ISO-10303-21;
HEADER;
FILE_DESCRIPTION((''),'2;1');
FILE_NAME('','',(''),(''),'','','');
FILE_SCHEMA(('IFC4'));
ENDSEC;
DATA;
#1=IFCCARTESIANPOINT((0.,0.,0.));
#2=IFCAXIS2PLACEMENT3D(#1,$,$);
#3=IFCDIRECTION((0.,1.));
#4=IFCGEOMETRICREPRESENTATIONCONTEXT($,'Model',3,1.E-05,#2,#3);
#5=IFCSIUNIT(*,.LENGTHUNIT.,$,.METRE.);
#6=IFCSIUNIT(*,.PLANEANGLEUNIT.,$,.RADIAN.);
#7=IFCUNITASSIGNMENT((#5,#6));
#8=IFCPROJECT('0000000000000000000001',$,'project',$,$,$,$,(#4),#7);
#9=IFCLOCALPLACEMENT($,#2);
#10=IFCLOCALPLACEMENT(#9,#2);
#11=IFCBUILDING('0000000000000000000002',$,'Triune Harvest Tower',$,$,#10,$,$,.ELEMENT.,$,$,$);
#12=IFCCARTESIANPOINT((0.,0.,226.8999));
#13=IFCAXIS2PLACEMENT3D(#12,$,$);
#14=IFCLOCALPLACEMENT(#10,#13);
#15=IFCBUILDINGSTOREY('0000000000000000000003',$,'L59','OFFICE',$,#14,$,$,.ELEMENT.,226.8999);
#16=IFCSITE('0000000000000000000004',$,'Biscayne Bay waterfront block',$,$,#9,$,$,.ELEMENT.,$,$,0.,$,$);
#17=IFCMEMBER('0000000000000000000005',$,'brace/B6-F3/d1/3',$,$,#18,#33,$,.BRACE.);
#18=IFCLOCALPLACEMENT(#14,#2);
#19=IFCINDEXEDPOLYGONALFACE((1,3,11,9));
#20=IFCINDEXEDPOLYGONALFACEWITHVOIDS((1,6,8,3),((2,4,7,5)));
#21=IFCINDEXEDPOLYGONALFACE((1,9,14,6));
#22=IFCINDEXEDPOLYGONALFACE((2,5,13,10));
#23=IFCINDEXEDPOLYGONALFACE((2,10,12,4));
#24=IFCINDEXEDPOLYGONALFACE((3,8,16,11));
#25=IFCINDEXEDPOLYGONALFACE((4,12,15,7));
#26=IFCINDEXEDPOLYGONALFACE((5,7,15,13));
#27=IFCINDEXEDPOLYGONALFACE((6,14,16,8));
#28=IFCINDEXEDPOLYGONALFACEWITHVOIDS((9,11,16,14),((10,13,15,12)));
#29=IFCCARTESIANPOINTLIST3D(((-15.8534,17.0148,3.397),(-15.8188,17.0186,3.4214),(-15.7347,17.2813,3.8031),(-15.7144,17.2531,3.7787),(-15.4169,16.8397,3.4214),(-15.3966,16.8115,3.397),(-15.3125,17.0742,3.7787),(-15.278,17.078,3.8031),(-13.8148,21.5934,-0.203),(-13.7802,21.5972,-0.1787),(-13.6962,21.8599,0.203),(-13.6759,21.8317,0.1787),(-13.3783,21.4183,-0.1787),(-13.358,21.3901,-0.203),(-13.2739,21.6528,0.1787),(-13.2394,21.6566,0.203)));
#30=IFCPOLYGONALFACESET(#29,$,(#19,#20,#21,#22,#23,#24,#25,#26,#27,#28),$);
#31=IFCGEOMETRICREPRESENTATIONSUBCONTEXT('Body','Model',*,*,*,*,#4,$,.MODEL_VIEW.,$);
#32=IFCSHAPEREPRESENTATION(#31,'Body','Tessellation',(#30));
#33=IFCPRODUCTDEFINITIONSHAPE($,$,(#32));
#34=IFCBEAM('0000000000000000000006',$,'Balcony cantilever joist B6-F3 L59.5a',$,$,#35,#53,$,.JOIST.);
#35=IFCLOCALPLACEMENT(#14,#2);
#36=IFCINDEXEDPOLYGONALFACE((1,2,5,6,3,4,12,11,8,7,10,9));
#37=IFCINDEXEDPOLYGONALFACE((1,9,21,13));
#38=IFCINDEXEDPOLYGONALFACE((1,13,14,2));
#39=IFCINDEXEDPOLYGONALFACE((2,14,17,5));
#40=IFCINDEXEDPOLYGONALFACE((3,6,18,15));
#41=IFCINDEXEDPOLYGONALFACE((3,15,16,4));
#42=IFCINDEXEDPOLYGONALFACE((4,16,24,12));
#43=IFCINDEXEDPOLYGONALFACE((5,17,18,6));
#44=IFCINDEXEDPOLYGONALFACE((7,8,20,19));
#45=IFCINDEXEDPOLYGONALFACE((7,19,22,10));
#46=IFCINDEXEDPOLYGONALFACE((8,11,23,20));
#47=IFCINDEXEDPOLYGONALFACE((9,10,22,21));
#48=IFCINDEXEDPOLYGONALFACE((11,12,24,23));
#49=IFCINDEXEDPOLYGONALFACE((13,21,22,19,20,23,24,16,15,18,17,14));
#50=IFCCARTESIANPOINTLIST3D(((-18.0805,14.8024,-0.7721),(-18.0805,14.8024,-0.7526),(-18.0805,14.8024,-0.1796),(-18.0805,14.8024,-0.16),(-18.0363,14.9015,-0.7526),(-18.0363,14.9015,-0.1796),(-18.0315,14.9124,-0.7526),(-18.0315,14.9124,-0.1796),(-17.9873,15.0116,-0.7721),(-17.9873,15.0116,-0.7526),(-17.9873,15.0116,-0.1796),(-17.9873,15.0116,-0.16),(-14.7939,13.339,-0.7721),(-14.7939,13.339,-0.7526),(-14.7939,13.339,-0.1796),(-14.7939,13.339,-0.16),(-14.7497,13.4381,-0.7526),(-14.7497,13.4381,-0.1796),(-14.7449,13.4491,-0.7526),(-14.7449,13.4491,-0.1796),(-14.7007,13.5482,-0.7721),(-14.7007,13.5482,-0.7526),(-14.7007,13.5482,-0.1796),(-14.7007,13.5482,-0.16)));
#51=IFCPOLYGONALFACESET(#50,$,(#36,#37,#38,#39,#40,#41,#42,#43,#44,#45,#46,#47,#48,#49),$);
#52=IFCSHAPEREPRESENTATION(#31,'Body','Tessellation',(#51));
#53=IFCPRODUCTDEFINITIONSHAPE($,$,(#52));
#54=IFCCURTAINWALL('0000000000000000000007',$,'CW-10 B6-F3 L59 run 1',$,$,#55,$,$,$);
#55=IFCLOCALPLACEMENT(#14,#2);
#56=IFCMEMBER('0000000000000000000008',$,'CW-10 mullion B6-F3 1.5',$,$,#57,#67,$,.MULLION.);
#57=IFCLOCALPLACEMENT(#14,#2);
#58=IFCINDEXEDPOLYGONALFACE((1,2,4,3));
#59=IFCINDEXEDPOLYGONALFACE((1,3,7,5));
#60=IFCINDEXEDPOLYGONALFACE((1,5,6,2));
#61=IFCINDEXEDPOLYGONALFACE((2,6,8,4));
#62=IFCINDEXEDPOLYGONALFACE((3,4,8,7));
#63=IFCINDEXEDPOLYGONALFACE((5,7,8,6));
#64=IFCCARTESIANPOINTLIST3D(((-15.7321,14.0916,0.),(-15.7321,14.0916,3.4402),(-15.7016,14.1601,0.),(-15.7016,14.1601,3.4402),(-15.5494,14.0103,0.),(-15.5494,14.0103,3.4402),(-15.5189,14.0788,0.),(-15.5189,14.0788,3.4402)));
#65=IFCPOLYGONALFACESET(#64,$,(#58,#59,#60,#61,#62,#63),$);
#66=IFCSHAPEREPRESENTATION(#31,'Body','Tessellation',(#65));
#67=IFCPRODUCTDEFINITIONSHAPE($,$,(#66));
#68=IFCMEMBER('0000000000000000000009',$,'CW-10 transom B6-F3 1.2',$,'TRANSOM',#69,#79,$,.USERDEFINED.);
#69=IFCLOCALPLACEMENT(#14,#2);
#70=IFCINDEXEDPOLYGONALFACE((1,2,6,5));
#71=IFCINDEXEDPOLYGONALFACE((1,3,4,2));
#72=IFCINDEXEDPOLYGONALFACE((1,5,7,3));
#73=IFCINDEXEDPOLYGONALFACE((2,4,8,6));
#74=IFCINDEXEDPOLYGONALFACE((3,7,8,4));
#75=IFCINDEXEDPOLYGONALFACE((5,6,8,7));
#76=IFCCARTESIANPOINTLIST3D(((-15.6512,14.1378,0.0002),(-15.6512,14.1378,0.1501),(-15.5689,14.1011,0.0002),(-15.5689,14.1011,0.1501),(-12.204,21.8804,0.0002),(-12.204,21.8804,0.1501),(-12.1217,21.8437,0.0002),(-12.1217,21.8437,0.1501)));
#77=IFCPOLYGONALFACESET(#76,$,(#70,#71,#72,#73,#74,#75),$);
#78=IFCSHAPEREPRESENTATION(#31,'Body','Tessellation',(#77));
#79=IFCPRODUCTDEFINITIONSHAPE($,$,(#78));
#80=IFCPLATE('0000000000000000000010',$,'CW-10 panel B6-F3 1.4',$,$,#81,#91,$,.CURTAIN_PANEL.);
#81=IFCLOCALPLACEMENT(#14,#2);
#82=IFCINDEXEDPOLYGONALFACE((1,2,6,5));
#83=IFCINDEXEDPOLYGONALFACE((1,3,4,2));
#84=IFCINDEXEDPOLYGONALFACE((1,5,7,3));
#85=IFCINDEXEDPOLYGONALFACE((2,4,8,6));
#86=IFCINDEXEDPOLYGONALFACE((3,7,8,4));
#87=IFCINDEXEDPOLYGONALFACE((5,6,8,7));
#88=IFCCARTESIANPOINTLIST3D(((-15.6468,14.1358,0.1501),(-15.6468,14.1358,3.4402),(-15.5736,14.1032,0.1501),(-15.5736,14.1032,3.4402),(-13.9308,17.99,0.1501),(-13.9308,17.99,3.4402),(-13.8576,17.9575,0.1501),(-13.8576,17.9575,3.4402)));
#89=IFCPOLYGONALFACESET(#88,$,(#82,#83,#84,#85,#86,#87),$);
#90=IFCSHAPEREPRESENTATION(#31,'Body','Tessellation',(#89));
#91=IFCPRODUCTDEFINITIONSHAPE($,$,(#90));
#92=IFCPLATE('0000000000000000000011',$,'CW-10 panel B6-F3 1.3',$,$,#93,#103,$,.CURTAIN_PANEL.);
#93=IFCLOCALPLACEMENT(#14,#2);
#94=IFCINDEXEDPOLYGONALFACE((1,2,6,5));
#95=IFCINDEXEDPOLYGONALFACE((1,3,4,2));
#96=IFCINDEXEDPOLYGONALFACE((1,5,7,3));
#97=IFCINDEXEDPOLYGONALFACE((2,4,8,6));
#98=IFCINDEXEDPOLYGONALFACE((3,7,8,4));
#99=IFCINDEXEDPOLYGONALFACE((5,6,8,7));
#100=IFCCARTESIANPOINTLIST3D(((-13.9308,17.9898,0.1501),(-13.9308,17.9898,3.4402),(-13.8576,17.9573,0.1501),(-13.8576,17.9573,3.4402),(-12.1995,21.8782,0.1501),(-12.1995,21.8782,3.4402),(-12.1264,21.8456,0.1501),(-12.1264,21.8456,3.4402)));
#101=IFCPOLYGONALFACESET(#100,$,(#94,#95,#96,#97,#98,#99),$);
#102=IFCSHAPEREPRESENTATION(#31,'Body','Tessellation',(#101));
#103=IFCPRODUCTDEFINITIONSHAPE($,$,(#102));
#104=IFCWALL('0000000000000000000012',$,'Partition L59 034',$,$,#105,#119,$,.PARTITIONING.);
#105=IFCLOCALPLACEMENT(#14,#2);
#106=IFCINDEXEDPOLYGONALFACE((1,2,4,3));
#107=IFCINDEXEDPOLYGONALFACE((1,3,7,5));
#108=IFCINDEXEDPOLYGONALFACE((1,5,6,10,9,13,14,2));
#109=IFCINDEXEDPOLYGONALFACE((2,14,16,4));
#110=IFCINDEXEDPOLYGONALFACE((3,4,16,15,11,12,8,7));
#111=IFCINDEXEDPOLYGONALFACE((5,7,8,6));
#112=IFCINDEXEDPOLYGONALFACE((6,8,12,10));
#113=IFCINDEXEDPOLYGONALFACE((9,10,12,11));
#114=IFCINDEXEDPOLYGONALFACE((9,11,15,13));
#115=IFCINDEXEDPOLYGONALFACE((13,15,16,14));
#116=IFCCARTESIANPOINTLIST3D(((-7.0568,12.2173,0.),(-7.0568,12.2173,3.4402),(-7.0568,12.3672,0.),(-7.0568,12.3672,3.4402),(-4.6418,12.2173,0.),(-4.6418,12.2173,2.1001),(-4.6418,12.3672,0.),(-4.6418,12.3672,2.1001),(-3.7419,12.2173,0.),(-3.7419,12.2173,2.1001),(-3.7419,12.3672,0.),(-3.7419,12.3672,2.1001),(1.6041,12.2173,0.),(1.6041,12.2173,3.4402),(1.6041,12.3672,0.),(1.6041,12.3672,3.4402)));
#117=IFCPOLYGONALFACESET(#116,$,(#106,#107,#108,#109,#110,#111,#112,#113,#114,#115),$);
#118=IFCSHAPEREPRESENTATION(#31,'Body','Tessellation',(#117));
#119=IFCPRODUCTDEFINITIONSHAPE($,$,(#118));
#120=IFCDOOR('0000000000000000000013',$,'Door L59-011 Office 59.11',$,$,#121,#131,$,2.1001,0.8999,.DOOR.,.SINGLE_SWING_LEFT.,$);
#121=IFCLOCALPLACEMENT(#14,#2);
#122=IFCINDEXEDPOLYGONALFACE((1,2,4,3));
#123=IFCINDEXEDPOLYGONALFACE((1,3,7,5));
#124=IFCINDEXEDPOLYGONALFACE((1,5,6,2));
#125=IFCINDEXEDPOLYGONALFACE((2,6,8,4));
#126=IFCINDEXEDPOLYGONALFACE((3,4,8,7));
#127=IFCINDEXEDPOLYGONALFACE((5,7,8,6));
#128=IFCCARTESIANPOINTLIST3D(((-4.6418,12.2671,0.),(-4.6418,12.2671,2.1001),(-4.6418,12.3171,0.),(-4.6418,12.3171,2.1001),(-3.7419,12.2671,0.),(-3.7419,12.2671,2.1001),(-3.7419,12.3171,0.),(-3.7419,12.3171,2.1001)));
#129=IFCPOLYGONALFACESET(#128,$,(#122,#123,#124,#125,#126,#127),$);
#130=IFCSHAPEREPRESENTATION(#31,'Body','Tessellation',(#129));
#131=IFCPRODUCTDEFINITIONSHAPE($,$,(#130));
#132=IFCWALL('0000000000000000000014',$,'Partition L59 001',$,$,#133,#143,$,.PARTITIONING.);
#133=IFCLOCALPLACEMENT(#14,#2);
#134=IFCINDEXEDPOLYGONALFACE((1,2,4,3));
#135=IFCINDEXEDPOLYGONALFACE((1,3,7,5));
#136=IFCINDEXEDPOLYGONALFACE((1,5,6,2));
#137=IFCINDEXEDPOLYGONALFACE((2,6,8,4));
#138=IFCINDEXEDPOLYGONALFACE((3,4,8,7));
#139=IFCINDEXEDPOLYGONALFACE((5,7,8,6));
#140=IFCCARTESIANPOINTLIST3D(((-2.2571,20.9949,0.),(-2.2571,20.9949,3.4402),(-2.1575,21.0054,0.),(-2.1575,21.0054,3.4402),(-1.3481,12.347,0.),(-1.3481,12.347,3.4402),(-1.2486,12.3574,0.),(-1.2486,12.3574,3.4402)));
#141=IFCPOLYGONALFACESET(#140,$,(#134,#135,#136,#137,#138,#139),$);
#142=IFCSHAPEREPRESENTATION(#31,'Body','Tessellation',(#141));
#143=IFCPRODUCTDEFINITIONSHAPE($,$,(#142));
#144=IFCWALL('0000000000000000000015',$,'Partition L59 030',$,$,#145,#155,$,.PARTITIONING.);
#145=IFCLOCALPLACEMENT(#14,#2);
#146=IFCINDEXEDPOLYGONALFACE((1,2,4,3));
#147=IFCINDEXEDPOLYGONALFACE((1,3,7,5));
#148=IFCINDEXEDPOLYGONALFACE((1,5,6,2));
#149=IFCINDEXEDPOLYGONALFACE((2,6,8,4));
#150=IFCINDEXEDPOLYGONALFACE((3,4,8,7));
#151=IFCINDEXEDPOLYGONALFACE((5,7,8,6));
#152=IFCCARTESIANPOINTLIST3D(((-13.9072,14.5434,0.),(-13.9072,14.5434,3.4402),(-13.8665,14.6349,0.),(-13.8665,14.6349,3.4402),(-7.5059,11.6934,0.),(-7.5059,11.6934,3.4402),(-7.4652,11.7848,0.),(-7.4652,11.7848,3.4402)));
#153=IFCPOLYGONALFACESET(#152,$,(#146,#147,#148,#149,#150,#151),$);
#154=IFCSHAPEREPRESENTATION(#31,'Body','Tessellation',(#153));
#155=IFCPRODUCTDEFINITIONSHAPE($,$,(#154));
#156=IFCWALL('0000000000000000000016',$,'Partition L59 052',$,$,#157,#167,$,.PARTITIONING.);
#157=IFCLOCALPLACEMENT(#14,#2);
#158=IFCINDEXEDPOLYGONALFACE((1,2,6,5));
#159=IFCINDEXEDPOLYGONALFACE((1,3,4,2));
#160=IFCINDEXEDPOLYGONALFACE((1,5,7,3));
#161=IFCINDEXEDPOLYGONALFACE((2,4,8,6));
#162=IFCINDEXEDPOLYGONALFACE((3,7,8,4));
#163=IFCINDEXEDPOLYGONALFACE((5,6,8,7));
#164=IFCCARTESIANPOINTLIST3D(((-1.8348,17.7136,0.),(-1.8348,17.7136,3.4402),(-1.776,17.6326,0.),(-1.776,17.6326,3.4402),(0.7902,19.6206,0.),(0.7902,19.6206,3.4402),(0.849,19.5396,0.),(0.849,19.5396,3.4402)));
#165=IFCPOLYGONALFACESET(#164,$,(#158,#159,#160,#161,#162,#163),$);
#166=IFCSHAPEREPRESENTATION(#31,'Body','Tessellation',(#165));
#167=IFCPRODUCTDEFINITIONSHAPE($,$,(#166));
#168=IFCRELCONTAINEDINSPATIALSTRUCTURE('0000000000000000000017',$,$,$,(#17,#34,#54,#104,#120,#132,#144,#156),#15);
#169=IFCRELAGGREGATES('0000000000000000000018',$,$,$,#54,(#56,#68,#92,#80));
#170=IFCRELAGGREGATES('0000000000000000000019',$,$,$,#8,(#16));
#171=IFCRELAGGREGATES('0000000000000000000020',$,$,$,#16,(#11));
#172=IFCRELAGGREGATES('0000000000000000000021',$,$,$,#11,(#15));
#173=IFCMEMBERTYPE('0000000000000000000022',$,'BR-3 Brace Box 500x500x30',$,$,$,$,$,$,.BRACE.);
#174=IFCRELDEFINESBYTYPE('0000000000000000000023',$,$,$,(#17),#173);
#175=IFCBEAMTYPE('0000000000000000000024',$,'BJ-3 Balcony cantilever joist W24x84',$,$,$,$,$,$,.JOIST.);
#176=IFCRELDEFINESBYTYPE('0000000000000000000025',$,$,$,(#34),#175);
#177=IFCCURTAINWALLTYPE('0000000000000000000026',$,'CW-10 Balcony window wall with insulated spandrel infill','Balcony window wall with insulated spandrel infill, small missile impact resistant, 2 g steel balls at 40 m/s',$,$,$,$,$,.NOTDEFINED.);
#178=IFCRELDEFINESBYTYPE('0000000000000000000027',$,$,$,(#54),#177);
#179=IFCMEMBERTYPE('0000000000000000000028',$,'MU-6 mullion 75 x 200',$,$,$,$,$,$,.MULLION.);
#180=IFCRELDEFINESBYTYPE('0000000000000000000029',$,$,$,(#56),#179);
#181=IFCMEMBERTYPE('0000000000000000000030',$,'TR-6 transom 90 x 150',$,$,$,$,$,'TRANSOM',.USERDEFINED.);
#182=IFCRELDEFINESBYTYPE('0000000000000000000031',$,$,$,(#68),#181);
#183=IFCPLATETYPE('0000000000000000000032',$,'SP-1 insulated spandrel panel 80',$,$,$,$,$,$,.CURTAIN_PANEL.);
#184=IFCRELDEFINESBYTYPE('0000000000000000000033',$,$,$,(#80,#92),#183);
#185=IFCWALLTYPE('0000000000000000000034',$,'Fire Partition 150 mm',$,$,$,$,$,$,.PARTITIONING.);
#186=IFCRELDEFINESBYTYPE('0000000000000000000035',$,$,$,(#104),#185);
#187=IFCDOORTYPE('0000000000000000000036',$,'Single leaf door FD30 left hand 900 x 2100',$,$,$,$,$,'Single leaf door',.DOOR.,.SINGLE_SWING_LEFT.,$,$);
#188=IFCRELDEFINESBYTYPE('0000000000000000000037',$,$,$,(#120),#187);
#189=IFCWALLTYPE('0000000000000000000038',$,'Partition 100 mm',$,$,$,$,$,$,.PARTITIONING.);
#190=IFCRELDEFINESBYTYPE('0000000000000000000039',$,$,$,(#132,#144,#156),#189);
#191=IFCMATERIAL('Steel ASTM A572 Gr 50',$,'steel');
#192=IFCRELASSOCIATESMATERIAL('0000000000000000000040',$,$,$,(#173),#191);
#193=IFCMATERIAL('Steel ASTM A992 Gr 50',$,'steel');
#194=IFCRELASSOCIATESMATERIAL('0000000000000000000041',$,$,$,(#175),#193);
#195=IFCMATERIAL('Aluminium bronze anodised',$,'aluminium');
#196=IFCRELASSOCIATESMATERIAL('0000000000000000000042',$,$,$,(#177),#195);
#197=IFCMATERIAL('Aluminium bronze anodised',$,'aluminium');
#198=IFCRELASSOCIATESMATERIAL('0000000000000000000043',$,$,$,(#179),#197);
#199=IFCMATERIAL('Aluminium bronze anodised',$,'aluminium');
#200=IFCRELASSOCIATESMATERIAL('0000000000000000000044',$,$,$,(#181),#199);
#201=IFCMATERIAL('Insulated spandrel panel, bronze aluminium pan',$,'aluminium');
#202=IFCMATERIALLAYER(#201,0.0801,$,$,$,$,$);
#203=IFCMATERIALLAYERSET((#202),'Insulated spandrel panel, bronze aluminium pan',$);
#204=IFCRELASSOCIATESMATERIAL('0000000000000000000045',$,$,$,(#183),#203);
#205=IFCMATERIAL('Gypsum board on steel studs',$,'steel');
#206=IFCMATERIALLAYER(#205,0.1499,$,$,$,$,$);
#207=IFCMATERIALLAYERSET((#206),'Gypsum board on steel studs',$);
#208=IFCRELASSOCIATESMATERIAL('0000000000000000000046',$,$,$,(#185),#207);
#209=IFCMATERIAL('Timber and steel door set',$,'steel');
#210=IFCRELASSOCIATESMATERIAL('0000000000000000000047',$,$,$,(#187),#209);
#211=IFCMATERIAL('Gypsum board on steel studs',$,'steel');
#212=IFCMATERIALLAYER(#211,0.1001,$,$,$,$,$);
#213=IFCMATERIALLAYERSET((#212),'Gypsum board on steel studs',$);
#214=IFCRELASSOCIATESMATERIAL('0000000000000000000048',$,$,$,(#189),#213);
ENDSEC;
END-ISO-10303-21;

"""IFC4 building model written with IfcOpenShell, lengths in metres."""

from ifc_helpers import new_model, si_unit, direction, frame, frame_2d, origin, origin_2d, place, context, subcontext, project, spatial, rectangle, hollow_rectangle, i_section, extrude, source, transform, mapped, material, layer, layer_set, material_profile, profile_set, type_object, element, fill, aggregate, save


model = new_model("IFC4")

# Units and contexts
model_context = context("Model", 3, precision=1e-05, world=origin(), true_north=direction((0.0, 1.0)))
body_context = subcontext(model_context, "Body", "Model", "MODEL_VIEW")
ifc_project = project(units=[si_unit("LENGTHUNIT", "METRE"), si_unit("PLANEANGLEUNIT", "RADIAN")], contexts=[model_context])

# Site, building, storey
site_placement = place(None, origin())
site = spatial("IfcSite", under=ifc_project, at=site_placement, Name="Biscayne Bay waterfront block", CompositionType="ELEMENT", RefElevation=0.0)
building_placement = place(site_placement, origin())
building = spatial("IfcBuilding", under=site, at=building_placement, Name="Triune Harvest Tower", CompositionType="ELEMENT")
storey_placement = place(building_placement, frame((0.0, 0.0, 226.8999)))
storey = spatial("IfcBuildingStorey", under=building, at=storey_placement, Name="L59", Description="OFFICE", CompositionType="ELEMENT", Elevation=226.8999)

# Member
ifc_material_1 = material(Name="Steel ASTM A572 Gr 50", Category="steel")
ifc_material_profile_1 = material_profile(ifc_material_1, hollow_rectangle(XDim=0.5, YDim=0.5, WallThickness=0.03, at=origin_2d()), Name="Box 500x500x30")
ifc_profile_set_1 = profile_set([ifc_material_profile_1], Name="Steel ASTM A572 Gr 50")
member_type_1 = type_object("IfcMemberType", Name="BR-3 Brace Box 500x500x30", PredefinedType="BRACE", material=ifc_profile_set_1)
shared_shape_1 = source(origin(), body_context, "Body", "SweptSolid", [
    extrude(hollow_rectangle(XDim=0.5, YDim=0.5, WallThickness=0.03, at=origin_2d()), origin(), (0.0, 0.0, 1.0), 6.1709),
])
member_1_placement = place(storey_placement, frame((-13.5271, 21.625, 0.0), z_axis=(-0.330352, -0.741967, 0.583398), x_axis=(0.913542, -0.406744, 0.0)))
element("IfcMember", 1, at=member_1_placement, inside=storey, type_object=member_type_1, Name="brace/B6-F3/d1/3", PredefinedType="BRACE", context=body_context, shape_type="MappedRepresentation", body=[
    mapped(shared_shape_1, transform((0.0, 0.0, 0.0), scale=1.0)),
])

# Beam
ifc_material_2 = material(Name="Steel ASTM A992 Gr 50", Category="steel")
ifc_material_profile_2 = material_profile(ifc_material_2, i_section(OverallWidth=0.229, OverallDepth=0.6121, WebThickness=0.012, FlangeThickness=0.0195, at=origin_2d()), Name="W24x84")
ifc_profile_set_2 = profile_set([ifc_material_profile_2], Name="Steel ASTM A992 Gr 50")
beam_type_1 = type_object("IfcBeamType", Name="BJ-3 Balcony cantilever joist W24x84", PredefinedType="JOIST", material=ifc_profile_set_2)
shared_shape_2 = source(origin(), body_context, "Body", "SweptSolid", [
    extrude(i_section(OverallWidth=0.229, OverallDepth=0.6121, WebThickness=0.012, FlangeThickness=0.0195, at=origin_2d()), origin(), (0.0, 0.0, 1.0), 3.5977),
])
beam_1_placement = place(storey_placement, frame((-14.7473, 13.4436, -0.4661), z_axis=(-0.913537, 0.406755, 0.0), x_axis=(-0.406755, -0.913537, 0.0)))
element("IfcBeam", 2, at=beam_1_placement, inside=storey, type_object=beam_type_1, Name="Balcony cantilever joist B6-F3 L59.5a", PredefinedType="JOIST", context=body_context, shape_type="MappedRepresentation", body=[
    mapped(shared_shape_2, transform((0.0, 0.0, 0.0), scale=1.0)),
])

# Curtain wall, members, plates
ifc_material_3 = material(Name="Aluminium bronze anodised", Category="aluminium")
curtain_wall_type = type_object("IfcCurtainWallType", Name="CW-10 Balcony window wall with insulated spandrel infill", Description="Balcony window wall with insulated spandrel infill, small missile impact resistant, 2 g steel balls at 40 m/s", PredefinedType="NOTDEFINED", material=ifc_material_3)
curtain_wall_placement = place(storey_placement, origin())
curtain_wall = element("IfcCurtainWall", 3, at=curtain_wall_placement, inside=storey, type_object=curtain_wall_type, Name="CW-10 B6-F3 L59 run 1")
ifc_material_4 = material(Name="Aluminium bronze anodised", Category="aluminium")
ifc_material_profile_3 = material_profile(ifc_material_4, rectangle(XDim=0.2, YDim=0.075, at=origin_2d()), Name="MU-6 mullion 75 x 200")
ifc_profile_set_3 = profile_set([ifc_material_profile_3], Name="Aluminium bronze anodised")
member_type_2 = type_object("IfcMemberType", Name="MU-6 mullion 75 x 200", PredefinedType="MULLION", material=ifc_profile_set_3)
shared_shape_3 = source(origin(), body_context, "Body", "SweptSolid", [
    extrude(rectangle(XDim=0.2, YDim=0.075, at=origin_2d()), origin(), (0.0, 0.0, 1.0), 3.4402),
])
member_2_placement = place(storey_placement, frame((-15.6255, 14.0852, 0.0), z_axis=(0.0, 0.0, 1.0), x_axis=(0.913545, -0.406738, 0.0)))
member_2 = element("IfcMember", 4, at=member_2_placement, type_object=member_type_2, Name="CW-10 mullion B6-F3 1.5", PredefinedType="MULLION", context=body_context, shape_type="MappedRepresentation", body=[
    mapped(shared_shape_3, transform((0.0, 0.0, 0.0), scale=1.0)),
])
ifc_material_5 = material(Name="Aluminium bronze anodised", Category="aluminium")
ifc_material_profile_4 = material_profile(ifc_material_5, rectangle(XDim=0.0901, YDim=0.1499, at=origin_2d()), Name="TR-6 transom 90 x 150")
ifc_profile_set_4 = profile_set([ifc_material_profile_4], Name="Aluminium bronze anodised")
member_type_3 = type_object("IfcMemberType", Name="TR-6 transom 90 x 150", ElementType="TRANSOM", PredefinedType="USERDEFINED", material=ifc_profile_set_4)
shared_shape_4 = source(origin(), body_context, "Body", "SweptSolid", [
    extrude(rectangle(XDim=0.0901, YDim=0.1499, at=origin_2d()), origin(), (0.0, 0.0, 1.0), 8.4753),
])
member_3_placement = place(storey_placement, frame((-12.1628, 21.8621, 0.0752), z_axis=(-0.406737, -0.913545, 0.0), x_axis=(0.913545, -0.406737, 0.0)))
member_3 = element("IfcMember", 5, at=member_3_placement, type_object=member_type_3, Name="CW-10 transom B6-F3 1.2", ObjectType="TRANSOM", PredefinedType="USERDEFINED", context=body_context, shape_type="MappedRepresentation", body=[
    mapped(shared_shape_4, transform((0.0, 0.0, 0.0), scale=1.0)),
])
ifc_material_6 = material(Name="Insulated spandrel panel, bronze aluminium pan", Category="aluminium")
ifc_layer_1 = layer(ifc_material_6, 0.0801)
ifc_layer_set_1 = layer_set([ifc_layer_1], Name="Insulated spandrel panel, bronze aluminium pan")
plate_type = type_object("IfcPlateType", Name="SP-1 insulated spandrel panel 80", PredefinedType="CURTAIN_PANEL", material=ifc_layer_set_1)
shared_shape_5 = source(origin(), body_context, "Body", "SweptSolid", [
    extrude(rectangle(XDim=4.219, YDim=0.0801, at=origin_2d()), origin(), (0.0, 0.0, 1.0), 3.29),
])
plate_1_placement = place(storey_placement, frame((-14.7522, 16.0466, 0.1501), z_axis=(0.0, 0.0, 1.0), x_axis=(-0.406738, -0.913545, 0.0)))
plate_1 = element("IfcPlate", 6, at=plate_1_placement, type_object=plate_type, Name="CW-10 panel B6-F3 1.4", PredefinedType="CURTAIN_PANEL", context=body_context, shape_type="MappedRepresentation", body=[
    mapped(shared_shape_5, transform((0.0, 0.0, 0.0), scale=1.0)),
])
shared_shape_6 = source(origin(), body_context, "Body", "SweptSolid", [
    extrude(rectangle(XDim=4.2563, YDim=0.0801, at=origin_2d()), origin(), (0.0, 0.0, 1.0), 3.29),
])
plate_2_placement = place(storey_placement, frame((-13.0286, 19.9177, 0.1501), z_axis=(0.0, 0.0, 1.0), x_axis=(-0.406738, -0.913545, 0.0)))
plate_2 = element("IfcPlate", 7, at=plate_2_placement, type_object=plate_type, Name="CW-10 panel B6-F3 1.3", PredefinedType="CURTAIN_PANEL", context=body_context, shape_type="MappedRepresentation", body=[
    mapped(shared_shape_6, transform((0.0, 0.0, 0.0), scale=1.0)),
])
aggregate(curtain_wall, [member_2, member_3, plate_2, plate_1])

# Wall, opening, door
ifc_material_7 = material(Name="Gypsum board on steel studs", Category="steel")
ifc_layer_2 = layer(ifc_material_7, 0.1499)
ifc_layer_set_2 = layer_set([ifc_layer_2], Name="Gypsum board on steel studs")
wall_type_1 = type_object("IfcWallType", Name="Fire Partition 150 mm", PredefinedType="PARTITIONING", material=ifc_layer_set_2)
wall_1_placement = place(storey_placement, frame((-7.0569, 12.2922, 0.0), z_axis=(0.0, 0.0, 1.0), x_axis=(1.0, 0.0, 0.0)))
wall_1 = element("IfcWall", 8, at=wall_1_placement, inside=storey, type_object=wall_type_1, Name="Partition L59 034", PredefinedType="PARTITIONING", context=body_context, shape_type="SweptSolid", body=[
    extrude(rectangle(XDim=8.6609, YDim=0.1499, at=frame_2d((4.3306, 0.0))), origin(), (0.0, 0.0, 1.0), 3.4402),
])
opening_placement = place(wall_1_placement, frame((2.415, 0.0, 0.0)))
opening = element("IfcOpeningElement", 9, at=opening_placement, cuts=wall_1, PredefinedType="OPENING", context=body_context, shape_type="SweptSolid", body=[
    extrude(rectangle(XDim=0.8999, YDim=2.1001, at=frame_2d((0.45, 1.05))), frame((0.0, 0.085, 0.0), z_axis=(0.0, -1.0, 0.0), x_axis=(1.0, 0.0, 0.0)), (0.0, 0.0, 1.0), 0.1699),
])
ifc_material_8 = material(Name="Timber and steel door set", Category="steel")
door_type = type_object("IfcDoorType", Name="Single leaf door FD30 left hand 900 x 2100", ElementType="Single leaf door", OperationType="SINGLE_SWING_LEFT", PredefinedType="DOOR", material=ifc_material_8)
door_placement = place(opening_placement, origin())
door = element("IfcDoor", 10, at=door_placement, inside=storey, type_object=door_type, Name="Door L59-011 Office 59.11", OperationType="SINGLE_SWING_LEFT", OverallHeight=2.1001, OverallWidth=0.8999, PredefinedType="DOOR", context=body_context, shape_type="SweptSolid", body=[
    extrude(rectangle(XDim=0.8999, YDim=2.1001, at=frame_2d((0.45, 1.05))), frame((0.0, 0.0249, 0.0), z_axis=(0.0, -1.0, 0.0), x_axis=(1.0, 0.0, 0.0)), (0.0, 0.0, 1.0), 0.05),
])
fill(opening, door)

# Walls
ifc_material_9 = material(Name="Gypsum board on steel studs", Category="steel")
ifc_layer_3 = layer(ifc_material_9, 0.1001)
ifc_layer_set_3 = layer_set([ifc_layer_3], Name="Gypsum board on steel studs")
wall_type_2 = type_object("IfcWallType", Name="Partition 100 mm", PredefinedType="PARTITIONING", material=ifc_layer_set_3)
wall_2_placement = place(storey_placement, frame((-2.2073, 21.0, 0.0), z_axis=(0.0, 0.0, 1.0), x_axis=(0.104528, -0.994522, 0.0)))
element("IfcWall", 11, at=wall_2_placement, inside=storey, type_object=wall_type_2, Name="Partition L59 001", PredefinedType="PARTITIONING", context=body_context, shape_type="SweptSolid", body=[
    extrude(rectangle(XDim=8.6956, YDim=0.1001, at=frame_2d((4.3477, 0.0))), origin(), (0.0, 0.0, 1.0), 3.4402),
])
wall_3_placement = place(storey_placement, frame((-13.8867, 14.5891, 0.0), z_axis=(0.0, 0.0, 1.0), x_axis=(0.913544, -0.40674, 0.0)))
element("IfcWall", 12, at=wall_3_placement, inside=storey, type_object=wall_type_2, Name="Partition L59 030", PredefinedType="PARTITIONING", context=body_context, shape_type="SweptSolid", body=[
    extrude(rectangle(XDim=7.0071, YDim=0.1001, at=frame_2d((3.5034, 0.0))), origin(), (0.0, 0.0, 1.0), 3.4402),
])
wall_4_placement = place(storey_placement, frame((-1.8054, 17.6731, 0.0), z_axis=(0.0, 0.0, 1.0), x_axis=(0.809045, 0.587747, 0.0)))
element("IfcWall", 13, at=wall_4_placement, inside=storey, type_object=wall_type_2, Name="Partition L59 052", PredefinedType="PARTITIONING", context=body_context, shape_type="SweptSolid", body=[
    extrude(rectangle(XDim=3.2446, YDim=0.1001, at=frame_2d((1.6223, 0.0))), origin(), (0.0, 0.0, 1.0), 3.4402),
])

save(model, "model.ifc")
